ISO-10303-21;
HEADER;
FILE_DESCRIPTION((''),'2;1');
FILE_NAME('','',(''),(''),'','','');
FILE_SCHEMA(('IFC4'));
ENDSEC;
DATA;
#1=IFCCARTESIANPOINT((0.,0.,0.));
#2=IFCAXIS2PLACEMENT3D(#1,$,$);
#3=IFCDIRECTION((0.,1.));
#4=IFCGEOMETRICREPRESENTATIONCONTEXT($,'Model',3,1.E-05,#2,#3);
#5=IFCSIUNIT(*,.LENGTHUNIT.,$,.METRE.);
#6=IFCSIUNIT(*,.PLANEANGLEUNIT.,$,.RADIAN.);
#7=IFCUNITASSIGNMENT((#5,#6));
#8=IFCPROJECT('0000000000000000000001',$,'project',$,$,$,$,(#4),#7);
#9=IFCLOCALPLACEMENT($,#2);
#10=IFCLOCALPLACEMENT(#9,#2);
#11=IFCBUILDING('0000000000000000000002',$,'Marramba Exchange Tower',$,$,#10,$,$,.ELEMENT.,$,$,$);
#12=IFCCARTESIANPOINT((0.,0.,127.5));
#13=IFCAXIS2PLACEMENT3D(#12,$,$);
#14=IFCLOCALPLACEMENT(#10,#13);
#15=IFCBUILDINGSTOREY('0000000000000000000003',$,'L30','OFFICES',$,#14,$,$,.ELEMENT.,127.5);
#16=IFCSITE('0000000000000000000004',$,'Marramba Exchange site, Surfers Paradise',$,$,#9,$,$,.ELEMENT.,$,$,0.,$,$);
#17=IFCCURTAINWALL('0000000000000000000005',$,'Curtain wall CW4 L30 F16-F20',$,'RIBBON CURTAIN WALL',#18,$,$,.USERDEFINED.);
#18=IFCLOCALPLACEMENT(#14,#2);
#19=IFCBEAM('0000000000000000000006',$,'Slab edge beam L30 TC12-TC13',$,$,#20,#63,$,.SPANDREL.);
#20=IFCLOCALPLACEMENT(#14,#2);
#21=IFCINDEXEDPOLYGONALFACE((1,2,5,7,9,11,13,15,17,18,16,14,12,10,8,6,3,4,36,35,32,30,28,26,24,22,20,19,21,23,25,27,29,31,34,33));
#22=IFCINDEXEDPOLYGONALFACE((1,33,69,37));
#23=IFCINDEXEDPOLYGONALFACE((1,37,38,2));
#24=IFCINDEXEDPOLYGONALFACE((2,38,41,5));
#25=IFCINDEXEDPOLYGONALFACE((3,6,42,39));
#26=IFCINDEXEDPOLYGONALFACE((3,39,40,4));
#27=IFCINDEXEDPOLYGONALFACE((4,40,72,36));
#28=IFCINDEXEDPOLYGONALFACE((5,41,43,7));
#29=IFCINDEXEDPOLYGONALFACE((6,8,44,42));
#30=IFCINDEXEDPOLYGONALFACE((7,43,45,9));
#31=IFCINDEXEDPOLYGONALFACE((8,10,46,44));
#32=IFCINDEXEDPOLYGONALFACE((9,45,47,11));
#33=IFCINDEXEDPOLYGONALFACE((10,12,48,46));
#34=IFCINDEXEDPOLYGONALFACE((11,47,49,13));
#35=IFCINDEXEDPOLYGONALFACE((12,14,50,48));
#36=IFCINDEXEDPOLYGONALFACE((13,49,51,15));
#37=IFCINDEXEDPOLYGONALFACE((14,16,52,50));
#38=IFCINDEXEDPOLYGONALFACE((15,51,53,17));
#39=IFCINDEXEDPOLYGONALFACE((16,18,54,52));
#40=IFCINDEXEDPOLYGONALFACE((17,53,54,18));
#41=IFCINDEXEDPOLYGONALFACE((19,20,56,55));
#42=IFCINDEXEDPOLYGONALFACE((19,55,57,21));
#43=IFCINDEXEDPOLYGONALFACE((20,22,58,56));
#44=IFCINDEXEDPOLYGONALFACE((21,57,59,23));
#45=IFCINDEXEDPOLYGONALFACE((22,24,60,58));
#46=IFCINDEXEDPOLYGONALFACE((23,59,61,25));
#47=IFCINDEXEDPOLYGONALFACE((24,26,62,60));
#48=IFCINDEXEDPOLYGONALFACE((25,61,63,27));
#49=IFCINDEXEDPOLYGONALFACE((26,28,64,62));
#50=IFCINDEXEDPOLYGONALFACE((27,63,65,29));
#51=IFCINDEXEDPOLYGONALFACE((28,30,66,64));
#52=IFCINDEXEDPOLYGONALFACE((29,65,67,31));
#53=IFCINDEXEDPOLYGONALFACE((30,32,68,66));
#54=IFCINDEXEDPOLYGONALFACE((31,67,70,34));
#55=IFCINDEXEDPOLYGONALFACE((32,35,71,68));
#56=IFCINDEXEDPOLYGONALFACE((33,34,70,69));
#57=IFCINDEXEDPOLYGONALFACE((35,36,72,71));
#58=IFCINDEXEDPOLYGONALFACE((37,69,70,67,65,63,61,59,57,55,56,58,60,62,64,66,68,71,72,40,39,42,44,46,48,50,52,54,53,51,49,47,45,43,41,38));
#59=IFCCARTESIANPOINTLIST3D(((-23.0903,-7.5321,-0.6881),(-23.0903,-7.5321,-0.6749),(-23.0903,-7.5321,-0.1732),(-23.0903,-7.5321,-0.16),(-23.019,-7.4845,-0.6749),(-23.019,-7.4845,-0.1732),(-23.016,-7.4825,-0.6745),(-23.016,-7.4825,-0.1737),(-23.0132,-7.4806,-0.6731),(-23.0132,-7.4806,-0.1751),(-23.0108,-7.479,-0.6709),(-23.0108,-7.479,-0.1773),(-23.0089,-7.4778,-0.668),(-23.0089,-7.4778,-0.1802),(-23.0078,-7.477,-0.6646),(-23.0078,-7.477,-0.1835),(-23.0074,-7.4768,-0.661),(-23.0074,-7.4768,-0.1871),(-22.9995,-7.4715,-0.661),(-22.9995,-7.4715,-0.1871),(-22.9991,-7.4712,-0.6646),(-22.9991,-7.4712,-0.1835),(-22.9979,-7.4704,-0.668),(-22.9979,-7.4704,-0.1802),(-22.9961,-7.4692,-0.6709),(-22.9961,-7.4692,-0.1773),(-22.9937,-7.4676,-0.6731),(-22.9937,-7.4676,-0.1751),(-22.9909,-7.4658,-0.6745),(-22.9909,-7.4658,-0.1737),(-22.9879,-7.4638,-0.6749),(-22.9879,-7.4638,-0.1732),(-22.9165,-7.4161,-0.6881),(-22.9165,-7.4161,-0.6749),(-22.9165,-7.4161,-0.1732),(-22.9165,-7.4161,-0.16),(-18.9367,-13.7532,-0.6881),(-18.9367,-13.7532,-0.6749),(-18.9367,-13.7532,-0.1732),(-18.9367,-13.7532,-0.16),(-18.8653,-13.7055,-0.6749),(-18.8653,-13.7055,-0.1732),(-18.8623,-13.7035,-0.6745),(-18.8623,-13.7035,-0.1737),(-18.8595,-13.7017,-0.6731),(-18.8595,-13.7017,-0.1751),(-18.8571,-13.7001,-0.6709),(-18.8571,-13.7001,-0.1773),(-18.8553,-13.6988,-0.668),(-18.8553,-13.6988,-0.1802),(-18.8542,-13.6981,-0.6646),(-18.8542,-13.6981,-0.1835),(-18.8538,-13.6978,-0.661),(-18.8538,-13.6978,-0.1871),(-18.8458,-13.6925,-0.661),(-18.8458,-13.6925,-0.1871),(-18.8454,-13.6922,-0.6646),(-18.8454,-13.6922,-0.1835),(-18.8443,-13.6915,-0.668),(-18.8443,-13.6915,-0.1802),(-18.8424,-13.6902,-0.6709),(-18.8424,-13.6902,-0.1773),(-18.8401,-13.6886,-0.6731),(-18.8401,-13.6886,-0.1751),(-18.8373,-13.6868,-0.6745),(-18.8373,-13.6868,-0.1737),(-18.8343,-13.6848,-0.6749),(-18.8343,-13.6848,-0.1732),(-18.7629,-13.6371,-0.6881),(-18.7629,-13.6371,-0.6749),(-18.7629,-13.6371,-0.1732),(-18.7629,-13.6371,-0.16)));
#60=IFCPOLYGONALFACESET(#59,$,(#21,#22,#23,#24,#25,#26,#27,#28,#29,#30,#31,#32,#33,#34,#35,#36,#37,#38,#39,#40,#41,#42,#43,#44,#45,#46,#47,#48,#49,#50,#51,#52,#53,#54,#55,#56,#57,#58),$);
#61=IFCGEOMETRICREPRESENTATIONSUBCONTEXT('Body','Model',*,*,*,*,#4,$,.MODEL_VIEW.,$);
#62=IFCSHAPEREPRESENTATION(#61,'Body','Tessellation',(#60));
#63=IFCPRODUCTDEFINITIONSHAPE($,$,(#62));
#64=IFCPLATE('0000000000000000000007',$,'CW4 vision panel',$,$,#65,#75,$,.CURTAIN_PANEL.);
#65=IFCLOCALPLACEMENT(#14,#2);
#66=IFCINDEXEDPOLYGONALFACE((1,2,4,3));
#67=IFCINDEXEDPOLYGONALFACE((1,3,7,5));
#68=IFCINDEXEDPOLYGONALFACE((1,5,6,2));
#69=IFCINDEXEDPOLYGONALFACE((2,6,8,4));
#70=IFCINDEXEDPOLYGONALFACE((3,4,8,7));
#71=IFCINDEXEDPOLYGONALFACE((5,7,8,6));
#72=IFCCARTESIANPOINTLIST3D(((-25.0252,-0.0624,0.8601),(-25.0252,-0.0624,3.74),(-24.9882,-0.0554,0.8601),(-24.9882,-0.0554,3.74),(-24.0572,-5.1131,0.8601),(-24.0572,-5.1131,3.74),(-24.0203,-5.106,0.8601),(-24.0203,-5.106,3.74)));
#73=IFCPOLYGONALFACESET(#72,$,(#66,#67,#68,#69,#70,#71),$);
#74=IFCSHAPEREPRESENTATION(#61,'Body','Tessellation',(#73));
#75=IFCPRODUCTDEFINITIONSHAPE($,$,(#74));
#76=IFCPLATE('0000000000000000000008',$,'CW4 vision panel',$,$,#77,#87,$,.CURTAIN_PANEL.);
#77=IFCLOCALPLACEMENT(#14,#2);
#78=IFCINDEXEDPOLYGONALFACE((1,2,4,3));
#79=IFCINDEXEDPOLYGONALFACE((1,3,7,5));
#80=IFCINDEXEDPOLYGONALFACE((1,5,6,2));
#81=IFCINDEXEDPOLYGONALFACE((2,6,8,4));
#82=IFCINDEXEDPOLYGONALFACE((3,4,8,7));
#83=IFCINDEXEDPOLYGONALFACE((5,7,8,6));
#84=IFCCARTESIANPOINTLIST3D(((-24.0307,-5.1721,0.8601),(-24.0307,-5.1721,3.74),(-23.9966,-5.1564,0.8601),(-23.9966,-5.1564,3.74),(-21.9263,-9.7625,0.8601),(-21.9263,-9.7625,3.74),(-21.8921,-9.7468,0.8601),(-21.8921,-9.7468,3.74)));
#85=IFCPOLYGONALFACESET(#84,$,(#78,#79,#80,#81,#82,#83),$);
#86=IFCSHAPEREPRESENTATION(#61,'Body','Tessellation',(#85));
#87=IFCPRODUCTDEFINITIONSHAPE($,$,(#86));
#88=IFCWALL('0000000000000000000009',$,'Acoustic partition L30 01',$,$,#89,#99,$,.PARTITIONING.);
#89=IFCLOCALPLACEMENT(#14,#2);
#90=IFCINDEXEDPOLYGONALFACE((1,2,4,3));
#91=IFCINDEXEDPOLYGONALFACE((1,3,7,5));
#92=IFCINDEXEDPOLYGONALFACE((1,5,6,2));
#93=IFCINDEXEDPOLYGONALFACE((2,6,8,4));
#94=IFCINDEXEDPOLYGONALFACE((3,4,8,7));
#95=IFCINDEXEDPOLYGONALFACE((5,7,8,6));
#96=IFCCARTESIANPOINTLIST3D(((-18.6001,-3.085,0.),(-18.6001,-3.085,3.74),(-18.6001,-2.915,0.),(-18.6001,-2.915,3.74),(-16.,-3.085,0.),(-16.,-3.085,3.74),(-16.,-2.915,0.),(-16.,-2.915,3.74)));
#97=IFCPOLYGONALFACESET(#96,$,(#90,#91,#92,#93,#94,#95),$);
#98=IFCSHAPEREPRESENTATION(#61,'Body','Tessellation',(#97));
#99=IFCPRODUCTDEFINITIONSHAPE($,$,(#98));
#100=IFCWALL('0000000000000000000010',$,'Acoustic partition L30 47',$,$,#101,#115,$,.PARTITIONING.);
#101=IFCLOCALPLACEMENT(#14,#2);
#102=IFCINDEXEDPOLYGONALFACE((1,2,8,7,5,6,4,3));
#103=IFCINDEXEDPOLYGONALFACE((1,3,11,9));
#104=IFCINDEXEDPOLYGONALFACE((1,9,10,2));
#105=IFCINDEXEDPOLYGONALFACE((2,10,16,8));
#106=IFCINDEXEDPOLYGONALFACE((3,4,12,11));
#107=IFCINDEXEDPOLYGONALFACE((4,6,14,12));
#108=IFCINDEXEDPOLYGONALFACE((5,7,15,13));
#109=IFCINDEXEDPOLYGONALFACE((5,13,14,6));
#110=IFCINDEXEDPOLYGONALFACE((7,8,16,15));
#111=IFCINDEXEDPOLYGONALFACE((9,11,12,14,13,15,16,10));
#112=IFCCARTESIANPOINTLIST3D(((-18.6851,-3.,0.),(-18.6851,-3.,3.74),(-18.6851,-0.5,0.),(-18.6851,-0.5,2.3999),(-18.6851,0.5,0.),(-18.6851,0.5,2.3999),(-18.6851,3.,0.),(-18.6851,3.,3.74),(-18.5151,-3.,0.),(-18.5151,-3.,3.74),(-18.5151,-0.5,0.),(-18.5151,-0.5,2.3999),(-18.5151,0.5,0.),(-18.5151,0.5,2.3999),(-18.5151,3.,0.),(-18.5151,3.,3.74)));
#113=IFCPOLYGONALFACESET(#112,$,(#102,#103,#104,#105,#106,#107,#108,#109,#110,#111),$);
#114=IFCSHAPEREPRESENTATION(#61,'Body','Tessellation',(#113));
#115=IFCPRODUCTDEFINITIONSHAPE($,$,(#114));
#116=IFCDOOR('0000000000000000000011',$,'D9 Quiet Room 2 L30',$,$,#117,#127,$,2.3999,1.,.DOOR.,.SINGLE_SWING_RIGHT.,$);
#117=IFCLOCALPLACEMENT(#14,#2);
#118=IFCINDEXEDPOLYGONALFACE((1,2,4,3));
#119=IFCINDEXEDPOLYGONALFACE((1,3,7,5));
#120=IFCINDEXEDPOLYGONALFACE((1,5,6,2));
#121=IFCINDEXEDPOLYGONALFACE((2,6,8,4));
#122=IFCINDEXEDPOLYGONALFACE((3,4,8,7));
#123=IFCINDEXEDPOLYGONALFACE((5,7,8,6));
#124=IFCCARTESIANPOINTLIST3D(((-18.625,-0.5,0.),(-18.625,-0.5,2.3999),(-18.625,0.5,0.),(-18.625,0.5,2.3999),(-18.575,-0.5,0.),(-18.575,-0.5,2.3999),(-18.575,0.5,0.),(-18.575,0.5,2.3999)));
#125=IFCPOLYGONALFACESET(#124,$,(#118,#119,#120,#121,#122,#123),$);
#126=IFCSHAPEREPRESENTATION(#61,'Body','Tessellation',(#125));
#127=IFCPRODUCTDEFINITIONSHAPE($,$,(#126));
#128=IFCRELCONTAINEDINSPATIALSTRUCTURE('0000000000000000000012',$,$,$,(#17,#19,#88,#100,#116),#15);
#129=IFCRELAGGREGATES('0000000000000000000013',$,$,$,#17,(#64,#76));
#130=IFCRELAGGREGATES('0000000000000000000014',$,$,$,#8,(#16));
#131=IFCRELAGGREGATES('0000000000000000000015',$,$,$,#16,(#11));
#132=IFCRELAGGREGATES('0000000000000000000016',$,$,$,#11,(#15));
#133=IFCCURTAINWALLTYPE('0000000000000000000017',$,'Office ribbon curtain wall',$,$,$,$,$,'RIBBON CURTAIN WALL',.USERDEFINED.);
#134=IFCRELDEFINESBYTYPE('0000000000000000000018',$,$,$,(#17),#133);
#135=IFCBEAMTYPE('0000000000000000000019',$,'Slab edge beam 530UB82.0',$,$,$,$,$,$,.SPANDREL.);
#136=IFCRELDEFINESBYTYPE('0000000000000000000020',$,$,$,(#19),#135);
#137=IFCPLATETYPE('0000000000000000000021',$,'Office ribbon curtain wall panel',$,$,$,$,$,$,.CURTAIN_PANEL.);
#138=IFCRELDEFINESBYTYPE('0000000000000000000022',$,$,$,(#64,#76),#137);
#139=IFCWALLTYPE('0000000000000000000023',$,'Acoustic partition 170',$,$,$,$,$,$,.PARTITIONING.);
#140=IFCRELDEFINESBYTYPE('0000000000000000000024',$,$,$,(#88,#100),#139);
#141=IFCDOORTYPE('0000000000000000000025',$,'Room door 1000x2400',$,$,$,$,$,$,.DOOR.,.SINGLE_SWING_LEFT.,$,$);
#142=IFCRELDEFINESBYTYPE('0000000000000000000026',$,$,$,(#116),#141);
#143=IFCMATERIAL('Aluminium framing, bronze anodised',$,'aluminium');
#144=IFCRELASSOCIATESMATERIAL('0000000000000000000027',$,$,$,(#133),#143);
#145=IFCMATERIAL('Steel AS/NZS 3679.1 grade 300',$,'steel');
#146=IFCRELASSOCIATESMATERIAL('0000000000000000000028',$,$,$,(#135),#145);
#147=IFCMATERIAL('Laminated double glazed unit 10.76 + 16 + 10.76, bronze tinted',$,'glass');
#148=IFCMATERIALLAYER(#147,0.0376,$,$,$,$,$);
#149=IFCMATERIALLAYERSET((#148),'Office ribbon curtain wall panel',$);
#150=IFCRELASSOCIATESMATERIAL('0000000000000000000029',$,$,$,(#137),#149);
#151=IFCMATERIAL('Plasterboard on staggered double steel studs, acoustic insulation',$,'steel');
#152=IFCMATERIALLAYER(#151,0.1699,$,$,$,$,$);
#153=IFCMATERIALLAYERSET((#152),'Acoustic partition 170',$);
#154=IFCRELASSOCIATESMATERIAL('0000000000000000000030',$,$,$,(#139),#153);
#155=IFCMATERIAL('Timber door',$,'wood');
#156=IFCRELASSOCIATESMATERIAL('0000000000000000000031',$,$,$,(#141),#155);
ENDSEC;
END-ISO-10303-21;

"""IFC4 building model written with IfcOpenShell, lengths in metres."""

from ifc_helpers import new_model, si_unit, direction, frame, frame_2d, origin, origin_2d, place, context, subcontext, project, spatial, rectangle, i_section, extrude, material, layer, layer_set, material_profile, profile_set, type_object, element, fill, aggregate, save


model = new_model("IFC4")

# Units and contexts
model_context = context("Model", 3, precision=1e-05, world=origin(), true_north=direction((0.0, 1.0)))
body_context = subcontext(model_context, "Body", "Model", "MODEL_VIEW")
ifc_project = project(units=[si_unit("LENGTHUNIT", "METRE"), si_unit("PLANEANGLEUNIT", "RADIAN")], contexts=[model_context])

# Site, building, storey
site_placement = place(None, origin())
site = spatial("IfcSite", under=ifc_project, at=site_placement, Name="Marramba Exchange site, Surfers Paradise", CompositionType="ELEMENT", RefElevation=0.0)
building_placement = place(site_placement, origin())
building = spatial("IfcBuilding", under=site, at=building_placement, Name="Marramba Exchange Tower", CompositionType="ELEMENT")
storey_placement = place(building_placement, frame((0.0, 0.0, 127.5)))
storey = spatial("IfcBuildingStorey", under=building, at=storey_placement, Name="L30", Description="OFFICES", CompositionType="ELEMENT", Elevation=127.5)

# Shared definitions
ifc_material_1 = material(Name="Steel AS/NZS 3679.1 grade 300", Category="steel")

# Curtain wall
ifc_material_2 = material(Name="Aluminium framing, bronze anodised", Category="aluminium")
curtain_wall_type = type_object("IfcCurtainWallType", Name="Office ribbon curtain wall", ElementType="RIBBON CURTAIN WALL", PredefinedType="USERDEFINED", material=ifc_material_2)
curtain_wall_placement = place(storey_placement, origin())
curtain_wall = element("IfcCurtainWall", 1, at=curtain_wall_placement, inside=storey, type_object=curtain_wall_type, Name="Curtain wall CW4 L30 F16-F20", ObjectType="RIBBON CURTAIN WALL", PredefinedType="USERDEFINED")

# Beam
ifc_material_profile_1 = material_profile(ifc_material_1, i_section(OverallWidth=0.209, OverallDepth=0.5281, WebThickness=0.0095, FlangeThickness=0.0132, FilletRadius=0.0139, at=origin_2d()), Name="530UB82.0")
ifc_profile_set_1 = profile_set([ifc_material_profile_1], Name="Steel AS/NZS 3679.1 grade 300")
beam_type_1 = type_object("IfcBeamType", Name="Slab edge beam 530UB82.0", PredefinedType="SPANDREL", material=ifc_profile_set_1)
beam_1_placement = place(storey_placement, frame((-23.0034, -7.4741, -0.4241), z_axis=(0.55528, -0.831663, 0.0), x_axis=(0.831663, 0.55528, 0.0)))
element("IfcBeam", 2, at=beam_1_placement, inside=storey, type_object=beam_type_1, Name="Slab edge beam L30 TC12-TC13", PredefinedType="SPANDREL", context=body_context, shape_type="SweptSolid", body=[
    extrude(i_section(OverallWidth=0.209, OverallDepth=0.5281, WebThickness=0.0095, FlangeThickness=0.0132, FilletRadius=0.0139, at=origin_2d()), origin(), (0.0, 0.0, 1.0), 7.4802),
])

# Plates
ifc_material_3 = material(Name="Laminated double glazed unit 10.76 + 16 + 10.76, bronze tinted", Category="glass")
ifc_layer_1 = layer(ifc_material_3, 0.0376)
ifc_layer_set_1 = layer_set([ifc_layer_1], Name="Office ribbon curtain wall panel")
plate_type = type_object("IfcPlateType", Name="Office ribbon curtain wall panel", PredefinedType="CURTAIN_PANEL", material=ifc_layer_set_1)
plate_1_placement = place(storey_placement, frame((-24.5227, -2.5842, 0.8601), z_axis=(0.0, 0.0, 1.0), x_axis=(0.188227, -0.982126, 0.0)))
plate_1 = element("IfcPlate", 3, at=plate_1_placement, type_object=plate_type, Name="CW4 vision panel", PredefinedType="CURTAIN_PANEL", context=body_context, shape_type="SweptSolid", body=[
    extrude(rectangle(XDim=5.1426, YDim=0.0376, at=origin_2d()), origin(), (0.0, 0.0, 1.0), 2.8799),
])
plate_2_placement = place(storey_placement, frame((-22.9614, -7.4595, 0.8601), z_axis=(0.0, 0.0, 1.0), x_axis=(0.416738, -0.909027, 0.0)))
plate_2 = element("IfcPlate", 4, at=plate_2_placement, type_object=plate_type, Name="CW4 vision panel", PredefinedType="CURTAIN_PANEL", context=body_context, shape_type="SweptSolid", body=[
    extrude(rectangle(XDim=5.0498, YDim=0.0376, at=origin_2d()), origin(), (0.0, 0.0, 1.0), 2.8799),
])
aggregate(curtain_wall, [plate_1, plate_2])

# Wall
ifc_material_4 = material(Name="Plasterboard on staggered double steel studs, acoustic insulation", Category="steel")
ifc_layer_2 = layer(ifc_material_4, 0.1699)
ifc_layer_set_2 = layer_set([ifc_layer_2], Name="Acoustic partition 170")
wall_type_1 = type_object("IfcWallType", Name="Acoustic partition 170", PredefinedType="PARTITIONING", material=ifc_layer_set_2)
wall_1_placement = place(storey_placement, frame((-16.0, -3.0, 0.0), z_axis=(0.0, 0.0, 1.0), x_axis=(-1.0, 0.0, 0.0)))
element("IfcWall", 5, at=wall_1_placement, inside=storey, type_object=wall_type_1, Name="Acoustic partition L30 01", PredefinedType="PARTITIONING", context=body_context, shape_type="SweptSolid", body=[
    extrude(rectangle(XDim=2.6001, YDim=0.1699, at=frame_2d((1.3, 0.0))), origin(), (0.0, 0.0, 1.0), 3.74),
])

# Wall, opening, door
wall_2_placement = place(storey_placement, frame((-18.6001, -3.0, 0.0), z_axis=(0.0, 0.0, 1.0), x_axis=(0.0, 1.0, 0.0)))
wall_2 = element("IfcWall", 6, at=wall_2_placement, inside=storey, type_object=wall_type_1, Name="Acoustic partition L30 47", PredefinedType="PARTITIONING", context=body_context, shape_type="SweptSolid", body=[
    extrude(rectangle(XDim=6.0, YDim=0.1699, at=frame_2d((3.0, 0.0))), origin(), (0.0, 0.0, 1.0), 3.74),
])
opening_1_placement = place(wall_2_placement, frame((2.5, 0.0, 0.0)))
opening_1 = element("IfcOpeningElement", 7, at=opening_1_placement, cuts=wall_2, PredefinedType="OPENING", context=body_context, shape_type="SweptSolid", body=[
    extrude(rectangle(XDim=1.0, YDim=2.3999, at=frame_2d((0.5, 1.2))), frame((0.0, 0.095, 0.0), z_axis=(0.0, -1.0, 0.0), x_axis=(1.0, 0.0, 0.0)), (0.0, 0.0, 1.0), 0.1899),
])
ifc_material_5 = material(Name="Timber door", Category="wood")
door_type_1 = type_object("IfcDoorType", Name="Room door 1000x2400", OperationType="SINGLE_SWING_LEFT", PredefinedType="DOOR", material=ifc_material_5)
door_1_placement = place(opening_1_placement, frame((1.0, 0.0, 0.0), z_axis=(0.0, 0.0, 1.0), x_axis=(-1.0, 0.0, 0.0)))
door_1 = element("IfcDoor", 8, at=door_1_placement, inside=storey, type_object=door_type_1, Name="D9 Quiet Room 2 L30", OperationType="SINGLE_SWING_RIGHT", OverallHeight=2.3999, OverallWidth=1.0, PredefinedType="DOOR", context=body_context, shape_type="SweptSolid", body=[
    extrude(rectangle(XDim=1.0, YDim=2.3999, at=frame_2d((0.5, 1.2))), frame((0.0, 0.0251, 0.0), z_axis=(0.0, -1.0, 0.0), x_axis=(1.0, 0.0, 0.0)), (0.0, 0.0, 1.0), 0.05),
])
fill(opening_1, door_1)

save(model, "model.ifc")
